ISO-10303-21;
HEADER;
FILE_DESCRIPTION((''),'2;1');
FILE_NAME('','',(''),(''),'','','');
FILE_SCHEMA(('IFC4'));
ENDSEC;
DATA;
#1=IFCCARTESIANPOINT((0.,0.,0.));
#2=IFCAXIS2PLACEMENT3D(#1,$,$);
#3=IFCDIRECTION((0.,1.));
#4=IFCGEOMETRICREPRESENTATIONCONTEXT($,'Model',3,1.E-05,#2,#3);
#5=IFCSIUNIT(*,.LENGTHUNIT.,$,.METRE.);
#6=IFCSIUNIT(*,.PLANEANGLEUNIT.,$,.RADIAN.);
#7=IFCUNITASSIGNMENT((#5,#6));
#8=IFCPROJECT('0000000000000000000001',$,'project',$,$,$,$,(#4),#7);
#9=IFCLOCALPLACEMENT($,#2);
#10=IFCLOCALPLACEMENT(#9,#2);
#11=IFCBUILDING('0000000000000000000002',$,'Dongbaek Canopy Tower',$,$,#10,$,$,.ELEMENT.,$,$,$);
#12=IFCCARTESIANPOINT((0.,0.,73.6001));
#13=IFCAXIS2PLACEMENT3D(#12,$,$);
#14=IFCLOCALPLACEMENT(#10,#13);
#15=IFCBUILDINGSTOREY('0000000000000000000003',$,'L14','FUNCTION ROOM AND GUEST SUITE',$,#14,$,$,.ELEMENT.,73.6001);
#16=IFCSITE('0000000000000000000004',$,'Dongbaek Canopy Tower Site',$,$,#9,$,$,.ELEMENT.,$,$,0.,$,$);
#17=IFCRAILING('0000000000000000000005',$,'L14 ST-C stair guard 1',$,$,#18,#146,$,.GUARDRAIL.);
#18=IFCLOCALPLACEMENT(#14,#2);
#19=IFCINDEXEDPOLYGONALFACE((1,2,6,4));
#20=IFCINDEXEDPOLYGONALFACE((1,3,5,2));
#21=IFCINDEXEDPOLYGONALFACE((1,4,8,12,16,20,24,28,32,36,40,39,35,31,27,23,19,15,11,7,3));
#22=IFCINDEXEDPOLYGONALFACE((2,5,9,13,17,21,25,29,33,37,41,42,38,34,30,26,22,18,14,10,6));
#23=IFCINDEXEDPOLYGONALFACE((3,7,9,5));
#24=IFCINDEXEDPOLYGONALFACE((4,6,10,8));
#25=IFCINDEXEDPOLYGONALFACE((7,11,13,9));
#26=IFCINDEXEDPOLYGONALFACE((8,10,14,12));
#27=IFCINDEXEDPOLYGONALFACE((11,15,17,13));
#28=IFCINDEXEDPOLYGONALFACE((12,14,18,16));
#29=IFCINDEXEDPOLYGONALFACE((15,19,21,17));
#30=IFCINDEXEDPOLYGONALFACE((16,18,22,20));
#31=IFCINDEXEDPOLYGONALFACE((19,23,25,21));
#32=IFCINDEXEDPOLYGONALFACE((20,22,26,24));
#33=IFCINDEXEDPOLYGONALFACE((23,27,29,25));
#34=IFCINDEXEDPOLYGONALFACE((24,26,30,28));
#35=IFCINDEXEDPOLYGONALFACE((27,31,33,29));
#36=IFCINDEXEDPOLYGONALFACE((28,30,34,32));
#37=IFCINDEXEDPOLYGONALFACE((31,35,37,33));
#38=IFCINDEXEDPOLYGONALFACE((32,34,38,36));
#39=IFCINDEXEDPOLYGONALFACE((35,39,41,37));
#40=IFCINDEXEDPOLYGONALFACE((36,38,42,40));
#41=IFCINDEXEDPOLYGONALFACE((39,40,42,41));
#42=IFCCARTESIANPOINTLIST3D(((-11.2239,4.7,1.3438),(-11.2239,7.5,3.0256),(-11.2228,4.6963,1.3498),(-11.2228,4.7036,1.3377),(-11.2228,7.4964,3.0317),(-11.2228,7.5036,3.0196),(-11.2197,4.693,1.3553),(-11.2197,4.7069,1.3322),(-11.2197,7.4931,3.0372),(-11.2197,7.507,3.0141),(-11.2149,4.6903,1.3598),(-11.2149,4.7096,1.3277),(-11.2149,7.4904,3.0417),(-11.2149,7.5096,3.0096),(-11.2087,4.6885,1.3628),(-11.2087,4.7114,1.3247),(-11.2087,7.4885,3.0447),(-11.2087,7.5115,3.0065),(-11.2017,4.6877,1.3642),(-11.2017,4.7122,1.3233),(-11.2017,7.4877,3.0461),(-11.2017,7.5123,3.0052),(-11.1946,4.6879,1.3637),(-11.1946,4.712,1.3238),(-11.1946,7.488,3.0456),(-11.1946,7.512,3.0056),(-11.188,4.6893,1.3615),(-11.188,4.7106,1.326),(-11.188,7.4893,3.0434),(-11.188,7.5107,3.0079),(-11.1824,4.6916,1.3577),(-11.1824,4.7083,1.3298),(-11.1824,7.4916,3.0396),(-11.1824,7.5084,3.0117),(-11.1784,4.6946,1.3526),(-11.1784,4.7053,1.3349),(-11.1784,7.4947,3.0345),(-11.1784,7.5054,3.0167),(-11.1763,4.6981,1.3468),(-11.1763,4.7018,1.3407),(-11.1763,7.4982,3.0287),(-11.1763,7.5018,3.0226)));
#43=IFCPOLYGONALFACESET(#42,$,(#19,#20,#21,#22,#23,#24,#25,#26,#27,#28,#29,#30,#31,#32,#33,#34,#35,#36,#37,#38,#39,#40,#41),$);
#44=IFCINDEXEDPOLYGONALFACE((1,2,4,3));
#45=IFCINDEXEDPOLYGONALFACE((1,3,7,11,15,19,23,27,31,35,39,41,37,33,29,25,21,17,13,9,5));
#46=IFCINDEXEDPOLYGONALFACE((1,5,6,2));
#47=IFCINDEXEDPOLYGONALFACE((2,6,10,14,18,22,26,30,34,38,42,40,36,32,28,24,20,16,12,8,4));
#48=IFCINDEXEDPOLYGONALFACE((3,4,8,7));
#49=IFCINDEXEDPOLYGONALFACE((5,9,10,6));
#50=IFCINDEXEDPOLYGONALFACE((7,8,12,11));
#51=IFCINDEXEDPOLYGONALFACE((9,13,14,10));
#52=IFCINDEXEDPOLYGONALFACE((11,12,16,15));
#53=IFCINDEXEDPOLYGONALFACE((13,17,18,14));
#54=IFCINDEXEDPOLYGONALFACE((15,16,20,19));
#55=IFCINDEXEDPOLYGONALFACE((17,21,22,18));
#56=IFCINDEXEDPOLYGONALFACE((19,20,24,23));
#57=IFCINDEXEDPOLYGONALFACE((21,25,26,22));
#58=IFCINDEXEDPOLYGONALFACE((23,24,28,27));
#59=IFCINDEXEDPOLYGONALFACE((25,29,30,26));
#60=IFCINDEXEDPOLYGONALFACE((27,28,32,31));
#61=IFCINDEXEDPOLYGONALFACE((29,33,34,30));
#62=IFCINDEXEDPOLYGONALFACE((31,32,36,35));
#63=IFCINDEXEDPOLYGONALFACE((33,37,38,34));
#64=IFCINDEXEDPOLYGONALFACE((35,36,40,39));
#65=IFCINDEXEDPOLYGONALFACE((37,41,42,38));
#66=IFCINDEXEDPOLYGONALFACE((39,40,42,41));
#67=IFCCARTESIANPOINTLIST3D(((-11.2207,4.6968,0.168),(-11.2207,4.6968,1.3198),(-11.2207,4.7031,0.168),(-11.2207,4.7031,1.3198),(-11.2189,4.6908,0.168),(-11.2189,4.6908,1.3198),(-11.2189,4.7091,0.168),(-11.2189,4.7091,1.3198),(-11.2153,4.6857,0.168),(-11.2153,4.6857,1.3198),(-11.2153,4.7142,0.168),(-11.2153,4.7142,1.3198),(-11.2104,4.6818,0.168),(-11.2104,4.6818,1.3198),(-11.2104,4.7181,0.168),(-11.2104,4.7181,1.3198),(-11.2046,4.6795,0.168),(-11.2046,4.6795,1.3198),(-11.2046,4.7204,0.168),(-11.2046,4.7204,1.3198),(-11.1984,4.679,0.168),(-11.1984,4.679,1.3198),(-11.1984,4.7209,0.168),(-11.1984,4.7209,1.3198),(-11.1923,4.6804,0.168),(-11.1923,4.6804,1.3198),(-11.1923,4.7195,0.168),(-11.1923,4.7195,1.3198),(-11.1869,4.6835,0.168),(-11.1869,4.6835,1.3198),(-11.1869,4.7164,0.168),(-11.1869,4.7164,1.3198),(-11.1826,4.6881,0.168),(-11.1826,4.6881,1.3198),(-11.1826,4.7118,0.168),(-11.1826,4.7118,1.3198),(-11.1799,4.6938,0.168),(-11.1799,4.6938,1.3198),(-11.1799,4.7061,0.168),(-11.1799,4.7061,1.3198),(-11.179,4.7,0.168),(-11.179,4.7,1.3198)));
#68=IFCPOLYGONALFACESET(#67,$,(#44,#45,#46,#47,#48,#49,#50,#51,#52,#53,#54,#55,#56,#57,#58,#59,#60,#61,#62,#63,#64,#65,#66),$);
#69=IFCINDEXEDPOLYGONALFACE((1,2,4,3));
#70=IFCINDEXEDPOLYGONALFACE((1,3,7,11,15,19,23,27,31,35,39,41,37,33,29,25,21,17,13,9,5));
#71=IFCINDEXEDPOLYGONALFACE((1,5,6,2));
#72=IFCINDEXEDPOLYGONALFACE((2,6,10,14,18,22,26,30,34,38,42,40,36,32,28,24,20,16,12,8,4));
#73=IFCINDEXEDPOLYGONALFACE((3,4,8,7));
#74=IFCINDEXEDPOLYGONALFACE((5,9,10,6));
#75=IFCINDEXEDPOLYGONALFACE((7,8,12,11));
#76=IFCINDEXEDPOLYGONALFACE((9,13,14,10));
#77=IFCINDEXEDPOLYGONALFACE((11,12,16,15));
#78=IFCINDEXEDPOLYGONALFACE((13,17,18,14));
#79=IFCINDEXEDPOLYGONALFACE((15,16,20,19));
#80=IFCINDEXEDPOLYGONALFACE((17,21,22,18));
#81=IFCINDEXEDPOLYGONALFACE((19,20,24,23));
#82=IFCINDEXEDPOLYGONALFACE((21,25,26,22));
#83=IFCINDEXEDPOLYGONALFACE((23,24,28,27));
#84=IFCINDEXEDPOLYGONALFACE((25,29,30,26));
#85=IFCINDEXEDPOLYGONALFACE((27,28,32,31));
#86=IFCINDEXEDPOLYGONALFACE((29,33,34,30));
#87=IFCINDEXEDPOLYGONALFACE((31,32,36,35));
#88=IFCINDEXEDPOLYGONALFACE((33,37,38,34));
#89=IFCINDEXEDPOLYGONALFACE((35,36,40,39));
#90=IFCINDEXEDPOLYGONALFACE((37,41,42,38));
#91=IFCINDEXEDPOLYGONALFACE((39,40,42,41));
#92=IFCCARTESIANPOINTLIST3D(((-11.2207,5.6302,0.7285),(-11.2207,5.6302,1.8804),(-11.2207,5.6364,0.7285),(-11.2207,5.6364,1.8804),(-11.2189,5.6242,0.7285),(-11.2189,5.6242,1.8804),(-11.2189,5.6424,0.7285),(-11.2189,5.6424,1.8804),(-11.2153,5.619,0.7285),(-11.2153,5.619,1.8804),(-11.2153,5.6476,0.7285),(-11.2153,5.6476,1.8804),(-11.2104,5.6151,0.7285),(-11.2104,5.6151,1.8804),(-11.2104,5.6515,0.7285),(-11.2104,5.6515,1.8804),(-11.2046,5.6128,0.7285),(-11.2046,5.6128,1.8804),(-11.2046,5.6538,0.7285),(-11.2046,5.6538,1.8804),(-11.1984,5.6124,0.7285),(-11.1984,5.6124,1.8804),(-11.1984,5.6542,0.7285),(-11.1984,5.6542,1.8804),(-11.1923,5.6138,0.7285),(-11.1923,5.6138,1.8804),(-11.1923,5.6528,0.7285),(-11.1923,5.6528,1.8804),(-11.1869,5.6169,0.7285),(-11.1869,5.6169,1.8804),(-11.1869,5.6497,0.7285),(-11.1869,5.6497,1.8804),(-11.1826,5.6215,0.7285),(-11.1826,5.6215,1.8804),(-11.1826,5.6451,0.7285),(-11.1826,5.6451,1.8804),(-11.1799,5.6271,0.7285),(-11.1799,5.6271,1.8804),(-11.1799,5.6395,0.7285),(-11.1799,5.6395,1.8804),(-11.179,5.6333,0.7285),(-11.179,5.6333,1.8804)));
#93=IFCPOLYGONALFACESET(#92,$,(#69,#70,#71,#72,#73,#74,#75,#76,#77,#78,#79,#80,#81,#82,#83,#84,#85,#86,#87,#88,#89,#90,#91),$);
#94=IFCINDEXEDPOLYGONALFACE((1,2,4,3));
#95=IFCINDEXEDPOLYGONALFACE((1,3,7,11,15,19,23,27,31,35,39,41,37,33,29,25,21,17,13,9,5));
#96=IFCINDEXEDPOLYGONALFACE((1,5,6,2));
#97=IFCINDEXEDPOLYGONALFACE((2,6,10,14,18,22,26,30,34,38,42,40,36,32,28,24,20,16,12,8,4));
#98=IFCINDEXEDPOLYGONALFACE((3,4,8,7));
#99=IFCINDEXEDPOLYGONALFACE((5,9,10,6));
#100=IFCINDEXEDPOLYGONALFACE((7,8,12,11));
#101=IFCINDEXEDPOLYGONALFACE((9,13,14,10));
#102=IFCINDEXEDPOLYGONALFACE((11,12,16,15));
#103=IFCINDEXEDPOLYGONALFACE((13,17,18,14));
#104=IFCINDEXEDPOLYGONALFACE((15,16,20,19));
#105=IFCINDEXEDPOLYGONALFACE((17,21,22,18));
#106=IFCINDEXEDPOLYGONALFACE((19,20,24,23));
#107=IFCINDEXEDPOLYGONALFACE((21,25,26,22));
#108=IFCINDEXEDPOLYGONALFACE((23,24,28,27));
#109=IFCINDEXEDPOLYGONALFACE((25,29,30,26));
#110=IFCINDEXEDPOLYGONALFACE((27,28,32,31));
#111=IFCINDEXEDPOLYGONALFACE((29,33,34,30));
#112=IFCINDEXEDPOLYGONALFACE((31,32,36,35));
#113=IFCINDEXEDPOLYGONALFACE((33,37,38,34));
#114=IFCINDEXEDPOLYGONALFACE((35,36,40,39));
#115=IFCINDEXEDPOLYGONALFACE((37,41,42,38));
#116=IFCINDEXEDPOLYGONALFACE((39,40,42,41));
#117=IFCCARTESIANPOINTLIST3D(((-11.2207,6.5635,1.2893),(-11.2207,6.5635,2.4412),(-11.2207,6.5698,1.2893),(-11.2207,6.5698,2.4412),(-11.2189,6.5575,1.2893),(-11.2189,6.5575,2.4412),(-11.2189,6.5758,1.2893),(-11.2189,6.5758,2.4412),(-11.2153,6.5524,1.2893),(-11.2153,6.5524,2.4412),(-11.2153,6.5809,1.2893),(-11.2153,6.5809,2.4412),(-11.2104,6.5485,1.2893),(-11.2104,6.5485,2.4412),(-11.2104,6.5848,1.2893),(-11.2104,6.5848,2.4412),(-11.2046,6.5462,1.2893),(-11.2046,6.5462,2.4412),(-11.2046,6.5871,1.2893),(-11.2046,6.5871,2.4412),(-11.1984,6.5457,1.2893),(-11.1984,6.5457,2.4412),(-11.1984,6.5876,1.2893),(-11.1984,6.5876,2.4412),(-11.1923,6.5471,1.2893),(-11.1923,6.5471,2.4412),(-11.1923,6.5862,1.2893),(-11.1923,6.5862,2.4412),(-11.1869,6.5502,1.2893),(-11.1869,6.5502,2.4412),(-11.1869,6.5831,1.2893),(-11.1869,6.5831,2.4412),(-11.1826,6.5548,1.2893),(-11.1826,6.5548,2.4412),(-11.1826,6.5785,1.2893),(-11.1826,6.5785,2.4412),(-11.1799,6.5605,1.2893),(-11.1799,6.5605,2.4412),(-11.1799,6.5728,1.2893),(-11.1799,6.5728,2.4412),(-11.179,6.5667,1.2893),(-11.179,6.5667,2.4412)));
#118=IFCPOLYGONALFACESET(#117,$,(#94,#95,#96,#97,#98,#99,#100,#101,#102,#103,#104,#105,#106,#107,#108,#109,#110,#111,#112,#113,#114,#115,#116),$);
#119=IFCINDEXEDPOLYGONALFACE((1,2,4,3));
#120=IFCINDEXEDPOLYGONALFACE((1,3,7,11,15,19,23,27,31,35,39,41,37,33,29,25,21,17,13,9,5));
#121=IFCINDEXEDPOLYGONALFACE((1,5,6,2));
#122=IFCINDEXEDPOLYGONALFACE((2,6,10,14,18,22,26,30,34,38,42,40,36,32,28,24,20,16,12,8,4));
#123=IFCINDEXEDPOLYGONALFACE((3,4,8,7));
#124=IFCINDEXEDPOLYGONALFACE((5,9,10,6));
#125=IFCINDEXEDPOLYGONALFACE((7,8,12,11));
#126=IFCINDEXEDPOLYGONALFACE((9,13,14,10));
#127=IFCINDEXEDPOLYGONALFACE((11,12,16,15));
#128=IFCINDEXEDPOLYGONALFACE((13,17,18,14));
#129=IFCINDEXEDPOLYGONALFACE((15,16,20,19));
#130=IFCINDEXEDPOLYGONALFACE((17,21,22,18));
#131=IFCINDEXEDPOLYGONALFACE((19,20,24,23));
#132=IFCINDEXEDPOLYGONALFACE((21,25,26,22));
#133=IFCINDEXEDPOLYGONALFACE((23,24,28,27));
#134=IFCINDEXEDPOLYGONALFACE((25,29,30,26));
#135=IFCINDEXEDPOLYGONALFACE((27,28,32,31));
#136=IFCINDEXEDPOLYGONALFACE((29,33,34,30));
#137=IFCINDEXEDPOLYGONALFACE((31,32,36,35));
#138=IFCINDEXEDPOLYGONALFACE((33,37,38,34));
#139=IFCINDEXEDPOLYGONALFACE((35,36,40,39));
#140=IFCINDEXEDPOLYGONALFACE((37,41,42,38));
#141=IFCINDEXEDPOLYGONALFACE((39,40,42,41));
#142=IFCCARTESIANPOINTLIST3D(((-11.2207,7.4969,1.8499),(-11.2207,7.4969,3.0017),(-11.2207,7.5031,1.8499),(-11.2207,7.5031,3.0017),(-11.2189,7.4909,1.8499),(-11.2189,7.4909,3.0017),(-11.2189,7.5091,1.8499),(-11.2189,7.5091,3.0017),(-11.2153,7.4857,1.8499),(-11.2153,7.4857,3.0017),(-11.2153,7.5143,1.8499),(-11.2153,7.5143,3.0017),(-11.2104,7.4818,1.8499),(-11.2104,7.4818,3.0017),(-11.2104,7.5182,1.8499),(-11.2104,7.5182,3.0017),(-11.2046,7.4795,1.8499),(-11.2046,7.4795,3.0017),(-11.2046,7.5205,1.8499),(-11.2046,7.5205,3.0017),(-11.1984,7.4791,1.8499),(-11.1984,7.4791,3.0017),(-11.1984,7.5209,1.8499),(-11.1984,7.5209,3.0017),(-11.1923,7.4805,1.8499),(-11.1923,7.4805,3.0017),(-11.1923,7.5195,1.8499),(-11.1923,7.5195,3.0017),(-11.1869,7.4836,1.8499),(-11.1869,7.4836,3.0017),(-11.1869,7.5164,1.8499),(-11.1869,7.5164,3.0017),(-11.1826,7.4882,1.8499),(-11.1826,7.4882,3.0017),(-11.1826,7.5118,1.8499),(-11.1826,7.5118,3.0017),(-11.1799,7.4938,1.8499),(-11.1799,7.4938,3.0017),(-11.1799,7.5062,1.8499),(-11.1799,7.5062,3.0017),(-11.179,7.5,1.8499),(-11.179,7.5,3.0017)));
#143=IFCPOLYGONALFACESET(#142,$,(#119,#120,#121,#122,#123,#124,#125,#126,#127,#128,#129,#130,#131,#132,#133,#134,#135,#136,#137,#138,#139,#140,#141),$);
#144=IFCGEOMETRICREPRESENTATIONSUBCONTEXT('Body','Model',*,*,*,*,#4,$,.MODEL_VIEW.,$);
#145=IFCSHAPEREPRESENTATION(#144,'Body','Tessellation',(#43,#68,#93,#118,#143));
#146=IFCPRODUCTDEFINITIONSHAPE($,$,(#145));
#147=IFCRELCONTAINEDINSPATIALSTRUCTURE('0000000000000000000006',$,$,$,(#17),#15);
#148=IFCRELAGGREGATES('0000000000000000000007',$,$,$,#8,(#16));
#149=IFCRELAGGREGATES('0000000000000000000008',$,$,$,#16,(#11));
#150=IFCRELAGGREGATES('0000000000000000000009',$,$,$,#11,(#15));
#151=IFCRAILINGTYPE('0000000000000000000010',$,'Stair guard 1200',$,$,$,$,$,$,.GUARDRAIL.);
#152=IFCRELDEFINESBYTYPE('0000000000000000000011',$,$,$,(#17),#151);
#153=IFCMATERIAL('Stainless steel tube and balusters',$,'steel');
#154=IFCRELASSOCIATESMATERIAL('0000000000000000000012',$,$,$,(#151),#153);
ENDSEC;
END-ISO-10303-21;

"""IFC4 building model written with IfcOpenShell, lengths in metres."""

from ifc_helpers import new_model, si_unit, direction, frame, origin, origin_2d, place, context, subcontext, project, spatial, circle, extrude, material, type_object, element, save


model = new_model("IFC4")

# Units and contexts
model_context = context("Model", 3, precision=1e-05, world=origin(), true_north=direction((0.0, 1.0)))
body_context = subcontext(model_context, "Body", "Model", "MODEL_VIEW")
ifc_project = project(units=[si_unit("LENGTHUNIT", "METRE"), si_unit("PLANEANGLEUNIT", "RADIAN")], contexts=[model_context])

# Site, building, storey
site_placement = place(None, origin())
site = spatial("IfcSite", under=ifc_project, at=site_placement, Name="Dongbaek Canopy Tower Site", CompositionType="ELEMENT", RefElevation=0.0)
building_placement = place(site_placement, origin())
building = spatial("IfcBuilding", under=site, at=building_placement, Name="Dongbaek Canopy Tower", CompositionType="ELEMENT")
storey_placement = place(building_placement, frame((0.0, 0.0, 73.6001)))
storey = spatial("IfcBuildingStorey", under=building, at=storey_placement, Name="L14", Description="FUNCTION ROOM AND GUEST SUITE", CompositionType="ELEMENT", Elevation=73.6001)

# Railing
ifc_material_1 = material(Name="Stainless steel tube and balusters", Category="steel")
railing_type_1 = type_object("IfcRailingType", Name="Stair guard 1200", PredefinedType="GUARDRAIL", material=ifc_material_1)
railing_1_placement = place(storey_placement, frame((-11.2, 4.7, 0.168)))
element("IfcRailing", 1, at=railing_1_placement, inside=storey, type_object=railing_type_1, Name="L14 ST-C stair guard 1", PredefinedType="GUARDRAIL", context=body_context, shape_type="SweptSolid", body=[
    extrude(circle(Radius=0.0239, at=origin_2d()), frame((0.0, 0.0, 1.1758), z_axis=(0.0, 0.857242, 0.514913), x_axis=(-1.0, 0.0, 0.0)), (0.0, 0.0, 1.0), 3.2664),
    extrude(circle(Radius=0.021, at=origin_2d()), origin(), (0.0, 0.0, 1.0), 1.1519),
    extrude(circle(Radius=0.021, at=origin_2d()), frame((0.0, 0.9333, 0.5605)), (0.0, 0.0, 1.0), 1.1519),
    extrude(circle(Radius=0.021, at=origin_2d()), frame((0.0, 1.8667, 1.1213)), (0.0, 0.0, 1.0), 1.1519),
    extrude(circle(Radius=0.021, at=origin_2d()), frame((0.0, 2.8, 1.6819)), (0.0, 0.0, 1.0), 1.1519),
])

save(model, "model.ifc")
